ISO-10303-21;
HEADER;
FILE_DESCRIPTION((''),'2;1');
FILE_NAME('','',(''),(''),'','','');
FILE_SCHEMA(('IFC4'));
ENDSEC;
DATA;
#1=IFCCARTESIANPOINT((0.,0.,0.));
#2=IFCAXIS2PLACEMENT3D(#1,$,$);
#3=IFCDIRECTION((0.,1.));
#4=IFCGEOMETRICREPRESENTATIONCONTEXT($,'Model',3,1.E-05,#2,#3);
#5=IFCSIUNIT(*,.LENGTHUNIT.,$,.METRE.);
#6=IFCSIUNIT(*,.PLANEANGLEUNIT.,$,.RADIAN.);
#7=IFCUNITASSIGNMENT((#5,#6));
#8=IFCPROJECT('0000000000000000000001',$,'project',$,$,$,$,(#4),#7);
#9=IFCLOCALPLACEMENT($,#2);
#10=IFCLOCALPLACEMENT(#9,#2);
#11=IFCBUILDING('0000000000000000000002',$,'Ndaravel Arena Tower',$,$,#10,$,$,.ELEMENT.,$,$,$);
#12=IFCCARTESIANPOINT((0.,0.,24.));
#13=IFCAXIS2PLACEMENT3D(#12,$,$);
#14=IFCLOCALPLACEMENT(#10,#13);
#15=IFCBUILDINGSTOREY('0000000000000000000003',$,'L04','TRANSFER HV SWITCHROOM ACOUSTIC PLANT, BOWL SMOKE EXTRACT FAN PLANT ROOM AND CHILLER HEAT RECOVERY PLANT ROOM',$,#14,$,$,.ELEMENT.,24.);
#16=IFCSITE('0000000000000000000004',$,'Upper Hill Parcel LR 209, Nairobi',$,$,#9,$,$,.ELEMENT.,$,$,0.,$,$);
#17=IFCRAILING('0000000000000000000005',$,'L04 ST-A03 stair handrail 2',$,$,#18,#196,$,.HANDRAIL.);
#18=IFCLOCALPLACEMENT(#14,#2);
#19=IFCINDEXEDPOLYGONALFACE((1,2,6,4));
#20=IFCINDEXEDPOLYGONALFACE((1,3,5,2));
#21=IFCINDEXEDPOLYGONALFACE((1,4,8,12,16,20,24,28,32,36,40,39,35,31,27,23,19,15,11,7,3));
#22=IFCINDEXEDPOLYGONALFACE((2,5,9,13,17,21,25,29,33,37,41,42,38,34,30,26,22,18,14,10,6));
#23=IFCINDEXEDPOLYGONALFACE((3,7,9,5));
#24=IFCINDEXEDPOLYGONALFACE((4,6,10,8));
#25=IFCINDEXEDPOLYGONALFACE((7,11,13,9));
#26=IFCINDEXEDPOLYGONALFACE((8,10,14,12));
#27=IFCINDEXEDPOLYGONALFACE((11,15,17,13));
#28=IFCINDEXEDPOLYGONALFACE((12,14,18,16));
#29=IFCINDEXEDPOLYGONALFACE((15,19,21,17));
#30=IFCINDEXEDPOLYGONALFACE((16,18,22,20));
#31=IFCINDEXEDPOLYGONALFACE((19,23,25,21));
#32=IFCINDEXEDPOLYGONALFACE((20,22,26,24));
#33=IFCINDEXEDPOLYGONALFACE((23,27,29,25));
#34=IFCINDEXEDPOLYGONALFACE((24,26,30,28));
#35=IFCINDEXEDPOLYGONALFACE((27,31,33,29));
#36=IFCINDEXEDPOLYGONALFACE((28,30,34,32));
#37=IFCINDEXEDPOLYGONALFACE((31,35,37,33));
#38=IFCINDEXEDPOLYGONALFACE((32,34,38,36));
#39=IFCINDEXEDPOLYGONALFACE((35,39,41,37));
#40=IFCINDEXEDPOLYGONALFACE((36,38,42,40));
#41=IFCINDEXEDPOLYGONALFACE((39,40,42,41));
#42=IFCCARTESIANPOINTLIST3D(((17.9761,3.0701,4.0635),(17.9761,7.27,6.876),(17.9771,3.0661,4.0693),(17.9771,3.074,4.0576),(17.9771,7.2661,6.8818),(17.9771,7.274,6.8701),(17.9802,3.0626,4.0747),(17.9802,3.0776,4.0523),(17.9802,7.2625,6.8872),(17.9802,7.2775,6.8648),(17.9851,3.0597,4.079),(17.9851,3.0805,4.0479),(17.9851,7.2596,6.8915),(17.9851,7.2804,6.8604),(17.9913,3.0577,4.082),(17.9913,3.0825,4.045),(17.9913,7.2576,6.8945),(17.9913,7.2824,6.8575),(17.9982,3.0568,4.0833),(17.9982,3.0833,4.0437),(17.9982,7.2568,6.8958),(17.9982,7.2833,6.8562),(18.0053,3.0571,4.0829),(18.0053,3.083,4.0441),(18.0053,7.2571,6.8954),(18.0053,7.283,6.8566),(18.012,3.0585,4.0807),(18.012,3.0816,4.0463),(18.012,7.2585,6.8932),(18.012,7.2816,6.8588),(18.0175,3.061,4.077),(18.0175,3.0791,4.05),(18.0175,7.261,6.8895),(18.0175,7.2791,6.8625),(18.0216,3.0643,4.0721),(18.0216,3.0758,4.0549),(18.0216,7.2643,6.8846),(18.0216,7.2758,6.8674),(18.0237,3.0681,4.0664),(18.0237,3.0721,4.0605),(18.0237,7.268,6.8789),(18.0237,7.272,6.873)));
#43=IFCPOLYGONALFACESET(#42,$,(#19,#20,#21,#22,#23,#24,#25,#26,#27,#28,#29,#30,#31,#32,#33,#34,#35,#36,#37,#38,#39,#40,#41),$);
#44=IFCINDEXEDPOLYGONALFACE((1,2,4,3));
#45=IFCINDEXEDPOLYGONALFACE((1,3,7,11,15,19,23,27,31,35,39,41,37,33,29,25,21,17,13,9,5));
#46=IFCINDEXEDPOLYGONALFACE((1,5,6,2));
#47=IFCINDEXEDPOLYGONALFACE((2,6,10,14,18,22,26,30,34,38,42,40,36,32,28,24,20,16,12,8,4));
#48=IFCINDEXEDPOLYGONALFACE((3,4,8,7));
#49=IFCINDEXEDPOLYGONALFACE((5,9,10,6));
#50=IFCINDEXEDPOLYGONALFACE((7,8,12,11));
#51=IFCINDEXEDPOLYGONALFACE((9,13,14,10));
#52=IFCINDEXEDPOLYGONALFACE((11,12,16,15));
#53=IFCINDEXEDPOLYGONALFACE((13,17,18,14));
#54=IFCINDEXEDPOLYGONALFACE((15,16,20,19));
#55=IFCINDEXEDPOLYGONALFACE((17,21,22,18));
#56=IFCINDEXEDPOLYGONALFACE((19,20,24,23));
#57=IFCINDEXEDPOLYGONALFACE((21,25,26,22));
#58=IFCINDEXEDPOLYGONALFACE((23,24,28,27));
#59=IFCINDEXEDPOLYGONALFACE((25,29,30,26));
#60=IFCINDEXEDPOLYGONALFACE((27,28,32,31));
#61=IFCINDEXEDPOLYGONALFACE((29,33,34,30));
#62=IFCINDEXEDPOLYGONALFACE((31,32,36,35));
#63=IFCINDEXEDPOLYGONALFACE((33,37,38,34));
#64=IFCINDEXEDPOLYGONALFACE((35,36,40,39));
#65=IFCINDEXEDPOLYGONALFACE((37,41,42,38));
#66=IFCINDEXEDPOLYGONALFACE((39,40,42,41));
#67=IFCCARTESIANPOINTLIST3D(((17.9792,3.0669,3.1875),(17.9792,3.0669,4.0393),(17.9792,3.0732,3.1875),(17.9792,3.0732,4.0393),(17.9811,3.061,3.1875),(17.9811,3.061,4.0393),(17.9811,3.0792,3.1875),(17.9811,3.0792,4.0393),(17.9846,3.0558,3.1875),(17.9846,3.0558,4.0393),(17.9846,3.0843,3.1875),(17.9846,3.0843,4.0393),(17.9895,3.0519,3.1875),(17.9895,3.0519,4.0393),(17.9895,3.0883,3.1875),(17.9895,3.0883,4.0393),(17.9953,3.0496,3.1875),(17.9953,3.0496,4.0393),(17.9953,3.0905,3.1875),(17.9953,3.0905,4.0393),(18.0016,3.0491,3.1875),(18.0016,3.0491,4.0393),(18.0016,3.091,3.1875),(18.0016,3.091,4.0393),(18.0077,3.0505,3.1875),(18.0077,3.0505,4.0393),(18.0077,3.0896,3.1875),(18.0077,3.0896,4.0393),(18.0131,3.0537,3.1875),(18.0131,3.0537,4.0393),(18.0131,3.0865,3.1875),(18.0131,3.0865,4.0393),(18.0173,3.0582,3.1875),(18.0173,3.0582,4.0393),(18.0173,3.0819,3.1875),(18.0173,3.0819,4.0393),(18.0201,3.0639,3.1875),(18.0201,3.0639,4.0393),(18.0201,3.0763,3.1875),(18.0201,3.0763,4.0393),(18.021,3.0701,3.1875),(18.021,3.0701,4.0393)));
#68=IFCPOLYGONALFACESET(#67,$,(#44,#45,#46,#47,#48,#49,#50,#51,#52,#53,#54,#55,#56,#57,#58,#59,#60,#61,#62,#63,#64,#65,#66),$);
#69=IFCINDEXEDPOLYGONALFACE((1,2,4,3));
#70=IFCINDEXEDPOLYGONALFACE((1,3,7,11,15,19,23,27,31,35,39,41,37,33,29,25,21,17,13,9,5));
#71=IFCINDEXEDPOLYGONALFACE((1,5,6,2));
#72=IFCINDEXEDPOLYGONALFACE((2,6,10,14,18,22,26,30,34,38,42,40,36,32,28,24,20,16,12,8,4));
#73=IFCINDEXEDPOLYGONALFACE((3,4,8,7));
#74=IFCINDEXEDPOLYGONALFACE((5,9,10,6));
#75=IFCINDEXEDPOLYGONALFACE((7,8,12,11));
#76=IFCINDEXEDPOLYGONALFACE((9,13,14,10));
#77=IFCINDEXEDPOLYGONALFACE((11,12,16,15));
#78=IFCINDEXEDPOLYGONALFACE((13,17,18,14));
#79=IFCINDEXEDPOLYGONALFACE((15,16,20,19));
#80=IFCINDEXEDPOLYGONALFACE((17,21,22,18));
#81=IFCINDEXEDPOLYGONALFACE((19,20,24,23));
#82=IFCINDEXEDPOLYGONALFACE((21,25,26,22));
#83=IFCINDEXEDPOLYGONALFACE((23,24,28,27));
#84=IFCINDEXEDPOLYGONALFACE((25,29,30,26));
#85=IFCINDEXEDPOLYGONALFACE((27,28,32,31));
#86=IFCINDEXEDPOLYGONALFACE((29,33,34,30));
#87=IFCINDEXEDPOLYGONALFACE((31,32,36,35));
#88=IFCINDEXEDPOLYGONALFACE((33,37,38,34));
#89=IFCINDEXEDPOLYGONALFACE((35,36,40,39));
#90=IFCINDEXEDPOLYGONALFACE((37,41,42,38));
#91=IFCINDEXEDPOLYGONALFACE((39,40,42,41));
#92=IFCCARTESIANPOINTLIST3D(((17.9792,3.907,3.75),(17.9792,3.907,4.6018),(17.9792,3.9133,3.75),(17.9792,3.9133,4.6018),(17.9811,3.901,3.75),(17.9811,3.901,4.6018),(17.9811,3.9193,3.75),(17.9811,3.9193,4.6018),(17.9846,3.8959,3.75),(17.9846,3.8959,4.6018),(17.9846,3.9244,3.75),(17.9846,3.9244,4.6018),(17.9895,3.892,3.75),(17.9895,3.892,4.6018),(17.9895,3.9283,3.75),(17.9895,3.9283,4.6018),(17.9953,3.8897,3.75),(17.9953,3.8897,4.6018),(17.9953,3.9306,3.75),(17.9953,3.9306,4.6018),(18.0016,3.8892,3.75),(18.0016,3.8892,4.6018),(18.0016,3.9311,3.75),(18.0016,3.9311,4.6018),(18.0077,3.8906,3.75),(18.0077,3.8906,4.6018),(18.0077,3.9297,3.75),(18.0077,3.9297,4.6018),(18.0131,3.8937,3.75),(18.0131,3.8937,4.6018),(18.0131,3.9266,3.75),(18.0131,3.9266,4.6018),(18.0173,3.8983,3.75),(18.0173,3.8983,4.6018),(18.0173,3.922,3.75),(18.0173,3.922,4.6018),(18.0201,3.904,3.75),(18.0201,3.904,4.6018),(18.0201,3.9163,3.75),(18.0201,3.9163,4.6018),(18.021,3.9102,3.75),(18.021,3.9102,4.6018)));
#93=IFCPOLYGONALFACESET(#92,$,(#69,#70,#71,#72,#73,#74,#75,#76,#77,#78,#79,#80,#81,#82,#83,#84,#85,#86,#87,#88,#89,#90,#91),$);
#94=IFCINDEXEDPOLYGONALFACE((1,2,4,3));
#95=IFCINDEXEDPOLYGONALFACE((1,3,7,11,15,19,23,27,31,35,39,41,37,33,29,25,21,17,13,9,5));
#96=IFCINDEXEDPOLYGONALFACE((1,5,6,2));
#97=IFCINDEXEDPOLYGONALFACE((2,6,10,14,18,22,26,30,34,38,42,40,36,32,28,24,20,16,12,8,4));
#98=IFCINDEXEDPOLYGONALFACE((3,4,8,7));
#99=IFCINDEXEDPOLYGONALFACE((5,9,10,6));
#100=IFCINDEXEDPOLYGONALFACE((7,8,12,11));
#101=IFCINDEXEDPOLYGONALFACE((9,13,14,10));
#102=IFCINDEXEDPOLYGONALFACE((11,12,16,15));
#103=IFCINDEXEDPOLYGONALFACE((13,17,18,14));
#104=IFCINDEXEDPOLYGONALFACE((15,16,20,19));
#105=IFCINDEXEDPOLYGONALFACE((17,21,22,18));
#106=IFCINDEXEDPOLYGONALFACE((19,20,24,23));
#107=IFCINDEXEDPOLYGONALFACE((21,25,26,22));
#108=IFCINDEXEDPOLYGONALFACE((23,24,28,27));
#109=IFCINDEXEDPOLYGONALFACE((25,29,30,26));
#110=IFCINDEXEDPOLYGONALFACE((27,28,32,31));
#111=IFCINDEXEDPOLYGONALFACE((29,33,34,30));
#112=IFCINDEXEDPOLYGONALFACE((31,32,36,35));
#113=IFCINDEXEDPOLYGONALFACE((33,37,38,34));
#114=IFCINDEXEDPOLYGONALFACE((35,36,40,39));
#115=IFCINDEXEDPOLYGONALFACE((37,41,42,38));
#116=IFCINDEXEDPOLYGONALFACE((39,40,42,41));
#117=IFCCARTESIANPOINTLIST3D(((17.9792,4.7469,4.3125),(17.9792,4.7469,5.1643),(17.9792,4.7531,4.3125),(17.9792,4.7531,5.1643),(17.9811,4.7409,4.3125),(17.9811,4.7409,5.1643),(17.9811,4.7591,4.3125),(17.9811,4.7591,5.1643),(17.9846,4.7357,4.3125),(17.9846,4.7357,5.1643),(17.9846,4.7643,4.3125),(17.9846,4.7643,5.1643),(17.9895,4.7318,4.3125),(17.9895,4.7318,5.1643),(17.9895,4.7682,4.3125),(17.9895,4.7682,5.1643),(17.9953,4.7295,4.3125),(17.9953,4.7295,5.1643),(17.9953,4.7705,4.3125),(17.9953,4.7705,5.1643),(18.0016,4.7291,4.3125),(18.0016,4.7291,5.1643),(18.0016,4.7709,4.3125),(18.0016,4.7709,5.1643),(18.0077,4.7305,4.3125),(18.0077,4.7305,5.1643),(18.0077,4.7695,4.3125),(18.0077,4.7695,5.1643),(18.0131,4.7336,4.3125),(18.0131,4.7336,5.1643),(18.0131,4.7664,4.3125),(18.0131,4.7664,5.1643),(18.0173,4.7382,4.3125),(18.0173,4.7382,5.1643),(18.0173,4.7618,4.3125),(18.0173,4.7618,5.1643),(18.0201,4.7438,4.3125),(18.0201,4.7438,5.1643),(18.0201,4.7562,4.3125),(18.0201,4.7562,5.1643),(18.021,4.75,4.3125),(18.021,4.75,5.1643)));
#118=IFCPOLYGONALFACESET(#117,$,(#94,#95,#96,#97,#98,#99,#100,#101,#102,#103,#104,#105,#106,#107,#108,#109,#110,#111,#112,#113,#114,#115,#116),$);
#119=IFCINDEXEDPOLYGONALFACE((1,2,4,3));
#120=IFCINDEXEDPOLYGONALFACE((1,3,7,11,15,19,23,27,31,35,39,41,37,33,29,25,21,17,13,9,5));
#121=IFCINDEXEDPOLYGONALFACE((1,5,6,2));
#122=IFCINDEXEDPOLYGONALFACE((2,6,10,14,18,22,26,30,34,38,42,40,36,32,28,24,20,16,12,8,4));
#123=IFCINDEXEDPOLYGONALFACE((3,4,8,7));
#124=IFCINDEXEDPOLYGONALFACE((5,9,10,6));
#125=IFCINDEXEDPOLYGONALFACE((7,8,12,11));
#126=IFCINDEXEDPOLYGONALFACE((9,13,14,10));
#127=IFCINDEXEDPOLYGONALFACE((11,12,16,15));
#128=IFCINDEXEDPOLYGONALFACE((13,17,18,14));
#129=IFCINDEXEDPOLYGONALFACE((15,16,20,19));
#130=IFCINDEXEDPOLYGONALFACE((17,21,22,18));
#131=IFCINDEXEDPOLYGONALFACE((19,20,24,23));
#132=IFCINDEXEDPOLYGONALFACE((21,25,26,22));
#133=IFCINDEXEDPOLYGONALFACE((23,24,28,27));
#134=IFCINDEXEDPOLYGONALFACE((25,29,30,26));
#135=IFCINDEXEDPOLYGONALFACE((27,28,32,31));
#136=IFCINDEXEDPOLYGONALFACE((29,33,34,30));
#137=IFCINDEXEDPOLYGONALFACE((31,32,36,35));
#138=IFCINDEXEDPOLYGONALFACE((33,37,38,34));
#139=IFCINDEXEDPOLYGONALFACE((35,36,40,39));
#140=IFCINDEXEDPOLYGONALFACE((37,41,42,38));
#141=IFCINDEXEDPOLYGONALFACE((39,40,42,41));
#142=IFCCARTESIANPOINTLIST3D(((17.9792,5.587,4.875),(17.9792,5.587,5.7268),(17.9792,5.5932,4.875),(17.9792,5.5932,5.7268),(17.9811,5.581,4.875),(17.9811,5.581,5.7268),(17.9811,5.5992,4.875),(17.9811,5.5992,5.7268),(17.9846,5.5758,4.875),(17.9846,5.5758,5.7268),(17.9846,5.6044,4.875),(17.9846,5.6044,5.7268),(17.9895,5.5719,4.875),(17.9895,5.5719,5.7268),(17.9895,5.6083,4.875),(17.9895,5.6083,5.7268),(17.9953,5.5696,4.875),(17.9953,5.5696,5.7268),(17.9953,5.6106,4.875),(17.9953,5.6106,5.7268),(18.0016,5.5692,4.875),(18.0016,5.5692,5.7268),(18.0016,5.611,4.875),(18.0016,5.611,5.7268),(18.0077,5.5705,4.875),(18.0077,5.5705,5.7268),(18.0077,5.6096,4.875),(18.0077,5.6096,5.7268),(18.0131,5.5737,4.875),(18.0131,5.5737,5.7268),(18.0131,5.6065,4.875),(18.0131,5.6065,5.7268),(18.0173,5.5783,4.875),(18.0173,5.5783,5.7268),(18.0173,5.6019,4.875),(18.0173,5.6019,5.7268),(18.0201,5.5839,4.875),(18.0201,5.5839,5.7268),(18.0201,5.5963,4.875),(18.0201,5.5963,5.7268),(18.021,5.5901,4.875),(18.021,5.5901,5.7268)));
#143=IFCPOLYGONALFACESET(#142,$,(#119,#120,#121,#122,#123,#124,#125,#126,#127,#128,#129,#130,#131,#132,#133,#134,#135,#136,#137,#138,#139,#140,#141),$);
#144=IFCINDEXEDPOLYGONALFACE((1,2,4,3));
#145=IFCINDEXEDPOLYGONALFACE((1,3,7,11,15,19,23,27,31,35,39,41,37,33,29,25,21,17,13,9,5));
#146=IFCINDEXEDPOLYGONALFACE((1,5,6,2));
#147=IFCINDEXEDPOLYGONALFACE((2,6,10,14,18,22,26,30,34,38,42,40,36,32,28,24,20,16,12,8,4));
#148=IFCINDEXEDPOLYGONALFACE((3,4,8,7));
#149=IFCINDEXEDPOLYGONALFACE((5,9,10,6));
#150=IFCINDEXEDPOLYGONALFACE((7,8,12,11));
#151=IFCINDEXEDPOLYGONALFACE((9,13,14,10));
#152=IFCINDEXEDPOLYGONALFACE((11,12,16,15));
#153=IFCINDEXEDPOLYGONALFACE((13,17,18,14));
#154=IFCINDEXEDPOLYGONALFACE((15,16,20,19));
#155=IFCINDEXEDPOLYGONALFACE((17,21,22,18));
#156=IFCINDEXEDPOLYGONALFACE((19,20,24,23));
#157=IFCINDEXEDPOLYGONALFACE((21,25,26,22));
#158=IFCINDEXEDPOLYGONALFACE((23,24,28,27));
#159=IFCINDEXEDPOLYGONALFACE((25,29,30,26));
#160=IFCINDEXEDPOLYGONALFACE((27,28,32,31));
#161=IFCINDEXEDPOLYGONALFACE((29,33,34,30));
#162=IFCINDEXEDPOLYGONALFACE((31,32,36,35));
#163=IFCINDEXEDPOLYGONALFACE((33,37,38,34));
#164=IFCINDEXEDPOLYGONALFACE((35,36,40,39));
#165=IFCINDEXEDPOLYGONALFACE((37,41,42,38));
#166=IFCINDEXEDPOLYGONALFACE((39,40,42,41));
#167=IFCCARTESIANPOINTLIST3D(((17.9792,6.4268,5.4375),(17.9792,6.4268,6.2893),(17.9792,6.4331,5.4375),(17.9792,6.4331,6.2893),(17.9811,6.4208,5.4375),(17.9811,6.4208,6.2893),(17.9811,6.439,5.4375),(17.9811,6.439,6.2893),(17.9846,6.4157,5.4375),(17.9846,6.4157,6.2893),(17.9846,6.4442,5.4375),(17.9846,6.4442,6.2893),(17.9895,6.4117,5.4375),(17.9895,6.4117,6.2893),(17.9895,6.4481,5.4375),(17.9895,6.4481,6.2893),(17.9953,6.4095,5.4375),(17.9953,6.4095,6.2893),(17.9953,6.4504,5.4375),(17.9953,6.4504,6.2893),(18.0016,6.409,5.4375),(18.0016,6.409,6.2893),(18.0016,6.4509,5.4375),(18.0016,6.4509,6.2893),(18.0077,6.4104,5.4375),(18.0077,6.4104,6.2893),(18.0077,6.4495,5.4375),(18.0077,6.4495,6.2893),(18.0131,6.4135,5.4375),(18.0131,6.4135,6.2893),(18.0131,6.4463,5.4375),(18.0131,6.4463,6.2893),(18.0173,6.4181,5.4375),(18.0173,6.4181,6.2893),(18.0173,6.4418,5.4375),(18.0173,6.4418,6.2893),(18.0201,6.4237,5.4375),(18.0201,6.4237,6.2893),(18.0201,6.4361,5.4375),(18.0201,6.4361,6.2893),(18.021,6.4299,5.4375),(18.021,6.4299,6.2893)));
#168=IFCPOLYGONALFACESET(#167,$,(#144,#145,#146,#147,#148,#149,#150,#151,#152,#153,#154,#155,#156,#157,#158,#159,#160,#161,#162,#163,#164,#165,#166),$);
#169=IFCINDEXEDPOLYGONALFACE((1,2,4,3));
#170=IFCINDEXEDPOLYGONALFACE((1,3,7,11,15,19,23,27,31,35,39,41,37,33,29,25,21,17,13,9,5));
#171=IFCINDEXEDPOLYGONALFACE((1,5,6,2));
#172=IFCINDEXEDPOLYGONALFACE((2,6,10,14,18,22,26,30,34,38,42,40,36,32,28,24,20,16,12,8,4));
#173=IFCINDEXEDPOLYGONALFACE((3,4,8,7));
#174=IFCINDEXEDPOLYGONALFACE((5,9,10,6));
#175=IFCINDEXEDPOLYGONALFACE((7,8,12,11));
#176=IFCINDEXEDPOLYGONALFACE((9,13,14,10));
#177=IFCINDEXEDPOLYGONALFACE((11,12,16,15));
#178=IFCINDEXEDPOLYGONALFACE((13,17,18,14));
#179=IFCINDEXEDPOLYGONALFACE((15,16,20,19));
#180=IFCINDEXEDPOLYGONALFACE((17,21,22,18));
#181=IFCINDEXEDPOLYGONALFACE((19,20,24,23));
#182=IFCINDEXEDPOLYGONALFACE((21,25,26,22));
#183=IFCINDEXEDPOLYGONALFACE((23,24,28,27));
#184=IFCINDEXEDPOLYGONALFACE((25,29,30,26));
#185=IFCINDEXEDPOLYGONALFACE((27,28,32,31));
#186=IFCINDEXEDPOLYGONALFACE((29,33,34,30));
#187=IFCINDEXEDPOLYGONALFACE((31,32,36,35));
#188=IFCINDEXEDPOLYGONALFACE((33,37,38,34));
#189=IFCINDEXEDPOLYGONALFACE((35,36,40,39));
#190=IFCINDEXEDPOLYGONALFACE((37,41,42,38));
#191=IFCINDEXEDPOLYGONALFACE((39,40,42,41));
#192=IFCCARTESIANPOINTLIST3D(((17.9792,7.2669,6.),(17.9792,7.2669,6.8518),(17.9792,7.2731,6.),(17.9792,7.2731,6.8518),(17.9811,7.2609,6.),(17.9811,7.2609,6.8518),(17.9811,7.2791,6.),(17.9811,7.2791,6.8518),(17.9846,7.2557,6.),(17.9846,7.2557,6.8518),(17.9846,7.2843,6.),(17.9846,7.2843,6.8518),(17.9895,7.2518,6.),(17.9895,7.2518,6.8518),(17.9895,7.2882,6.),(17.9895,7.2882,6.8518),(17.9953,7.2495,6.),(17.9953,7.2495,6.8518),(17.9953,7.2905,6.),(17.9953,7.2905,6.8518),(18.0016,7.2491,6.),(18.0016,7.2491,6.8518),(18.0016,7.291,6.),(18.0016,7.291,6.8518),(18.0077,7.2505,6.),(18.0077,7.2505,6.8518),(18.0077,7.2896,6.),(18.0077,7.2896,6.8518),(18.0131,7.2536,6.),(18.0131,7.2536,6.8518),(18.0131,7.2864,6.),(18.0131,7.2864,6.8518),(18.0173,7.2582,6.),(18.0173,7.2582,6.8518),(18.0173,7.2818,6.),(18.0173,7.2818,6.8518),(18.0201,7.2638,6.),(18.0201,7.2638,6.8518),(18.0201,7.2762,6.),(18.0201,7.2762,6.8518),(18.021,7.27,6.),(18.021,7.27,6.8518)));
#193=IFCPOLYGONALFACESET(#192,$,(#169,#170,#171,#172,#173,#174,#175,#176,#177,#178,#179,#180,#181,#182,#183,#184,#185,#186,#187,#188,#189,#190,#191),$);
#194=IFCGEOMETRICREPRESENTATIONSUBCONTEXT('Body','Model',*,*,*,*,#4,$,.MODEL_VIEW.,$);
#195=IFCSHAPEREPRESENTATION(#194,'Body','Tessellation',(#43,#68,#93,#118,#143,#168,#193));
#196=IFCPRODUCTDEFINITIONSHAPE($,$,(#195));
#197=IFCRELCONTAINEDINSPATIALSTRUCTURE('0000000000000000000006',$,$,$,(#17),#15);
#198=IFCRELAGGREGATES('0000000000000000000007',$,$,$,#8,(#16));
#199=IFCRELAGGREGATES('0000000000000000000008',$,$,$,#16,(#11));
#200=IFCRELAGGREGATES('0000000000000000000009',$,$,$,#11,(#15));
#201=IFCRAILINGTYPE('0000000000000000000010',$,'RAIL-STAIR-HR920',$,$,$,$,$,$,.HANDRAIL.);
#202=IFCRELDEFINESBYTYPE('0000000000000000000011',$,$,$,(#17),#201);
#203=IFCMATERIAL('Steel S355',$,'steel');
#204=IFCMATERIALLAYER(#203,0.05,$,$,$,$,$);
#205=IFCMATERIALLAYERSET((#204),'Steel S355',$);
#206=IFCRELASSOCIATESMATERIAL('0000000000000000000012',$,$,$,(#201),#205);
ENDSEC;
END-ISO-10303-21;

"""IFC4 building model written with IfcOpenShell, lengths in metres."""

from ifc_helpers import new_model, si_unit, direction, frame, origin, origin_2d, place, context, subcontext, project, spatial, circle, extrude, material, layer, layer_set, type_object, element, save


model = new_model("IFC4")

# Units and contexts
model_context = context("Model", 3, precision=1e-05, world=origin(), true_north=direction((0.0, 1.0)))
body_context = subcontext(model_context, "Body", "Model", "MODEL_VIEW")
ifc_project = project(units=[si_unit("LENGTHUNIT", "METRE"), si_unit("PLANEANGLEUNIT", "RADIAN")], contexts=[model_context])

# Site, building, storey
site_placement = place(None, origin())
site = spatial("IfcSite", under=ifc_project, at=site_placement, Name="Upper Hill Parcel LR 209, Nairobi", CompositionType="ELEMENT", RefElevation=0.0)
building_placement = place(site_placement, origin())
building = spatial("IfcBuilding", under=site, at=building_placement, Name="Ndaravel Arena Tower", CompositionType="ELEMENT")
storey_placement = place(building_placement, frame((0.0, 0.0, 24.0)))
storey = spatial("IfcBuildingStorey", under=building, at=storey_placement, Name="L04", Description="TRANSFER HV SWITCHROOM ACOUSTIC PLANT, BOWL SMOKE EXTRACT FAN PLANT ROOM AND CHILLER HEAT RECOVERY PLANT ROOM", CompositionType="ELEMENT", Elevation=24.0)

# Railing
ifc_material_1 = material(Name="Steel S355", Category="steel")
ifc_layer_1 = layer(ifc_material_1, 0.05)
ifc_layer_set_1 = layer_set([ifc_layer_1], Name="Steel S355")
railing_type_1 = type_object("IfcRailingType", Name="RAIL-STAIR-HR920", PredefinedType="HANDRAIL", material=ifc_layer_set_1)
railing_1_placement = place(storey_placement, frame((18.0, 3.0701, 3.1875)))
element("IfcRailing", 1, at=railing_1_placement, inside=storey, type_object=railing_type_1, Name="L04 ST-A03 stair handrail 2", PredefinedType="HANDRAIL", context=body_context, shape_type="SweptSolid", body=[
    extrude(circle(Radius=0.0239, at=origin_2d()), frame((0.0, 0.0, 0.876), z_axis=(0.0, 0.830904, 0.556416), x_axis=(-1.0, 0.0, 0.0)), (0.0, 0.0, 1.0), 5.0547),
    extrude(circle(Radius=0.021, at=origin_2d()), origin(), (0.0, 0.0, 1.0), 0.8518),
    extrude(circle(Radius=0.021, at=origin_2d()), frame((0.0, 0.8401, 0.5625)), (0.0, 0.0, 1.0), 0.8518),
    extrude(circle(Radius=0.021, at=origin_2d()), frame((0.0, 1.6799, 1.125)), (0.0, 0.0, 1.0), 0.8518),
    extrude(circle(Radius=0.021, at=origin_2d()), frame((0.0, 2.52, 1.6875)), (0.0, 0.0, 1.0), 0.8518),
    extrude(circle(Radius=0.021, at=origin_2d()), frame((0.0, 3.3599, 2.25)), (0.0, 0.0, 1.0), 0.8518),
    extrude(circle(Radius=0.021, at=origin_2d()), frame((0.0, 4.2, 2.8125)), (0.0, 0.0, 1.0), 0.8518),
])

save(model, "model.ifc")
